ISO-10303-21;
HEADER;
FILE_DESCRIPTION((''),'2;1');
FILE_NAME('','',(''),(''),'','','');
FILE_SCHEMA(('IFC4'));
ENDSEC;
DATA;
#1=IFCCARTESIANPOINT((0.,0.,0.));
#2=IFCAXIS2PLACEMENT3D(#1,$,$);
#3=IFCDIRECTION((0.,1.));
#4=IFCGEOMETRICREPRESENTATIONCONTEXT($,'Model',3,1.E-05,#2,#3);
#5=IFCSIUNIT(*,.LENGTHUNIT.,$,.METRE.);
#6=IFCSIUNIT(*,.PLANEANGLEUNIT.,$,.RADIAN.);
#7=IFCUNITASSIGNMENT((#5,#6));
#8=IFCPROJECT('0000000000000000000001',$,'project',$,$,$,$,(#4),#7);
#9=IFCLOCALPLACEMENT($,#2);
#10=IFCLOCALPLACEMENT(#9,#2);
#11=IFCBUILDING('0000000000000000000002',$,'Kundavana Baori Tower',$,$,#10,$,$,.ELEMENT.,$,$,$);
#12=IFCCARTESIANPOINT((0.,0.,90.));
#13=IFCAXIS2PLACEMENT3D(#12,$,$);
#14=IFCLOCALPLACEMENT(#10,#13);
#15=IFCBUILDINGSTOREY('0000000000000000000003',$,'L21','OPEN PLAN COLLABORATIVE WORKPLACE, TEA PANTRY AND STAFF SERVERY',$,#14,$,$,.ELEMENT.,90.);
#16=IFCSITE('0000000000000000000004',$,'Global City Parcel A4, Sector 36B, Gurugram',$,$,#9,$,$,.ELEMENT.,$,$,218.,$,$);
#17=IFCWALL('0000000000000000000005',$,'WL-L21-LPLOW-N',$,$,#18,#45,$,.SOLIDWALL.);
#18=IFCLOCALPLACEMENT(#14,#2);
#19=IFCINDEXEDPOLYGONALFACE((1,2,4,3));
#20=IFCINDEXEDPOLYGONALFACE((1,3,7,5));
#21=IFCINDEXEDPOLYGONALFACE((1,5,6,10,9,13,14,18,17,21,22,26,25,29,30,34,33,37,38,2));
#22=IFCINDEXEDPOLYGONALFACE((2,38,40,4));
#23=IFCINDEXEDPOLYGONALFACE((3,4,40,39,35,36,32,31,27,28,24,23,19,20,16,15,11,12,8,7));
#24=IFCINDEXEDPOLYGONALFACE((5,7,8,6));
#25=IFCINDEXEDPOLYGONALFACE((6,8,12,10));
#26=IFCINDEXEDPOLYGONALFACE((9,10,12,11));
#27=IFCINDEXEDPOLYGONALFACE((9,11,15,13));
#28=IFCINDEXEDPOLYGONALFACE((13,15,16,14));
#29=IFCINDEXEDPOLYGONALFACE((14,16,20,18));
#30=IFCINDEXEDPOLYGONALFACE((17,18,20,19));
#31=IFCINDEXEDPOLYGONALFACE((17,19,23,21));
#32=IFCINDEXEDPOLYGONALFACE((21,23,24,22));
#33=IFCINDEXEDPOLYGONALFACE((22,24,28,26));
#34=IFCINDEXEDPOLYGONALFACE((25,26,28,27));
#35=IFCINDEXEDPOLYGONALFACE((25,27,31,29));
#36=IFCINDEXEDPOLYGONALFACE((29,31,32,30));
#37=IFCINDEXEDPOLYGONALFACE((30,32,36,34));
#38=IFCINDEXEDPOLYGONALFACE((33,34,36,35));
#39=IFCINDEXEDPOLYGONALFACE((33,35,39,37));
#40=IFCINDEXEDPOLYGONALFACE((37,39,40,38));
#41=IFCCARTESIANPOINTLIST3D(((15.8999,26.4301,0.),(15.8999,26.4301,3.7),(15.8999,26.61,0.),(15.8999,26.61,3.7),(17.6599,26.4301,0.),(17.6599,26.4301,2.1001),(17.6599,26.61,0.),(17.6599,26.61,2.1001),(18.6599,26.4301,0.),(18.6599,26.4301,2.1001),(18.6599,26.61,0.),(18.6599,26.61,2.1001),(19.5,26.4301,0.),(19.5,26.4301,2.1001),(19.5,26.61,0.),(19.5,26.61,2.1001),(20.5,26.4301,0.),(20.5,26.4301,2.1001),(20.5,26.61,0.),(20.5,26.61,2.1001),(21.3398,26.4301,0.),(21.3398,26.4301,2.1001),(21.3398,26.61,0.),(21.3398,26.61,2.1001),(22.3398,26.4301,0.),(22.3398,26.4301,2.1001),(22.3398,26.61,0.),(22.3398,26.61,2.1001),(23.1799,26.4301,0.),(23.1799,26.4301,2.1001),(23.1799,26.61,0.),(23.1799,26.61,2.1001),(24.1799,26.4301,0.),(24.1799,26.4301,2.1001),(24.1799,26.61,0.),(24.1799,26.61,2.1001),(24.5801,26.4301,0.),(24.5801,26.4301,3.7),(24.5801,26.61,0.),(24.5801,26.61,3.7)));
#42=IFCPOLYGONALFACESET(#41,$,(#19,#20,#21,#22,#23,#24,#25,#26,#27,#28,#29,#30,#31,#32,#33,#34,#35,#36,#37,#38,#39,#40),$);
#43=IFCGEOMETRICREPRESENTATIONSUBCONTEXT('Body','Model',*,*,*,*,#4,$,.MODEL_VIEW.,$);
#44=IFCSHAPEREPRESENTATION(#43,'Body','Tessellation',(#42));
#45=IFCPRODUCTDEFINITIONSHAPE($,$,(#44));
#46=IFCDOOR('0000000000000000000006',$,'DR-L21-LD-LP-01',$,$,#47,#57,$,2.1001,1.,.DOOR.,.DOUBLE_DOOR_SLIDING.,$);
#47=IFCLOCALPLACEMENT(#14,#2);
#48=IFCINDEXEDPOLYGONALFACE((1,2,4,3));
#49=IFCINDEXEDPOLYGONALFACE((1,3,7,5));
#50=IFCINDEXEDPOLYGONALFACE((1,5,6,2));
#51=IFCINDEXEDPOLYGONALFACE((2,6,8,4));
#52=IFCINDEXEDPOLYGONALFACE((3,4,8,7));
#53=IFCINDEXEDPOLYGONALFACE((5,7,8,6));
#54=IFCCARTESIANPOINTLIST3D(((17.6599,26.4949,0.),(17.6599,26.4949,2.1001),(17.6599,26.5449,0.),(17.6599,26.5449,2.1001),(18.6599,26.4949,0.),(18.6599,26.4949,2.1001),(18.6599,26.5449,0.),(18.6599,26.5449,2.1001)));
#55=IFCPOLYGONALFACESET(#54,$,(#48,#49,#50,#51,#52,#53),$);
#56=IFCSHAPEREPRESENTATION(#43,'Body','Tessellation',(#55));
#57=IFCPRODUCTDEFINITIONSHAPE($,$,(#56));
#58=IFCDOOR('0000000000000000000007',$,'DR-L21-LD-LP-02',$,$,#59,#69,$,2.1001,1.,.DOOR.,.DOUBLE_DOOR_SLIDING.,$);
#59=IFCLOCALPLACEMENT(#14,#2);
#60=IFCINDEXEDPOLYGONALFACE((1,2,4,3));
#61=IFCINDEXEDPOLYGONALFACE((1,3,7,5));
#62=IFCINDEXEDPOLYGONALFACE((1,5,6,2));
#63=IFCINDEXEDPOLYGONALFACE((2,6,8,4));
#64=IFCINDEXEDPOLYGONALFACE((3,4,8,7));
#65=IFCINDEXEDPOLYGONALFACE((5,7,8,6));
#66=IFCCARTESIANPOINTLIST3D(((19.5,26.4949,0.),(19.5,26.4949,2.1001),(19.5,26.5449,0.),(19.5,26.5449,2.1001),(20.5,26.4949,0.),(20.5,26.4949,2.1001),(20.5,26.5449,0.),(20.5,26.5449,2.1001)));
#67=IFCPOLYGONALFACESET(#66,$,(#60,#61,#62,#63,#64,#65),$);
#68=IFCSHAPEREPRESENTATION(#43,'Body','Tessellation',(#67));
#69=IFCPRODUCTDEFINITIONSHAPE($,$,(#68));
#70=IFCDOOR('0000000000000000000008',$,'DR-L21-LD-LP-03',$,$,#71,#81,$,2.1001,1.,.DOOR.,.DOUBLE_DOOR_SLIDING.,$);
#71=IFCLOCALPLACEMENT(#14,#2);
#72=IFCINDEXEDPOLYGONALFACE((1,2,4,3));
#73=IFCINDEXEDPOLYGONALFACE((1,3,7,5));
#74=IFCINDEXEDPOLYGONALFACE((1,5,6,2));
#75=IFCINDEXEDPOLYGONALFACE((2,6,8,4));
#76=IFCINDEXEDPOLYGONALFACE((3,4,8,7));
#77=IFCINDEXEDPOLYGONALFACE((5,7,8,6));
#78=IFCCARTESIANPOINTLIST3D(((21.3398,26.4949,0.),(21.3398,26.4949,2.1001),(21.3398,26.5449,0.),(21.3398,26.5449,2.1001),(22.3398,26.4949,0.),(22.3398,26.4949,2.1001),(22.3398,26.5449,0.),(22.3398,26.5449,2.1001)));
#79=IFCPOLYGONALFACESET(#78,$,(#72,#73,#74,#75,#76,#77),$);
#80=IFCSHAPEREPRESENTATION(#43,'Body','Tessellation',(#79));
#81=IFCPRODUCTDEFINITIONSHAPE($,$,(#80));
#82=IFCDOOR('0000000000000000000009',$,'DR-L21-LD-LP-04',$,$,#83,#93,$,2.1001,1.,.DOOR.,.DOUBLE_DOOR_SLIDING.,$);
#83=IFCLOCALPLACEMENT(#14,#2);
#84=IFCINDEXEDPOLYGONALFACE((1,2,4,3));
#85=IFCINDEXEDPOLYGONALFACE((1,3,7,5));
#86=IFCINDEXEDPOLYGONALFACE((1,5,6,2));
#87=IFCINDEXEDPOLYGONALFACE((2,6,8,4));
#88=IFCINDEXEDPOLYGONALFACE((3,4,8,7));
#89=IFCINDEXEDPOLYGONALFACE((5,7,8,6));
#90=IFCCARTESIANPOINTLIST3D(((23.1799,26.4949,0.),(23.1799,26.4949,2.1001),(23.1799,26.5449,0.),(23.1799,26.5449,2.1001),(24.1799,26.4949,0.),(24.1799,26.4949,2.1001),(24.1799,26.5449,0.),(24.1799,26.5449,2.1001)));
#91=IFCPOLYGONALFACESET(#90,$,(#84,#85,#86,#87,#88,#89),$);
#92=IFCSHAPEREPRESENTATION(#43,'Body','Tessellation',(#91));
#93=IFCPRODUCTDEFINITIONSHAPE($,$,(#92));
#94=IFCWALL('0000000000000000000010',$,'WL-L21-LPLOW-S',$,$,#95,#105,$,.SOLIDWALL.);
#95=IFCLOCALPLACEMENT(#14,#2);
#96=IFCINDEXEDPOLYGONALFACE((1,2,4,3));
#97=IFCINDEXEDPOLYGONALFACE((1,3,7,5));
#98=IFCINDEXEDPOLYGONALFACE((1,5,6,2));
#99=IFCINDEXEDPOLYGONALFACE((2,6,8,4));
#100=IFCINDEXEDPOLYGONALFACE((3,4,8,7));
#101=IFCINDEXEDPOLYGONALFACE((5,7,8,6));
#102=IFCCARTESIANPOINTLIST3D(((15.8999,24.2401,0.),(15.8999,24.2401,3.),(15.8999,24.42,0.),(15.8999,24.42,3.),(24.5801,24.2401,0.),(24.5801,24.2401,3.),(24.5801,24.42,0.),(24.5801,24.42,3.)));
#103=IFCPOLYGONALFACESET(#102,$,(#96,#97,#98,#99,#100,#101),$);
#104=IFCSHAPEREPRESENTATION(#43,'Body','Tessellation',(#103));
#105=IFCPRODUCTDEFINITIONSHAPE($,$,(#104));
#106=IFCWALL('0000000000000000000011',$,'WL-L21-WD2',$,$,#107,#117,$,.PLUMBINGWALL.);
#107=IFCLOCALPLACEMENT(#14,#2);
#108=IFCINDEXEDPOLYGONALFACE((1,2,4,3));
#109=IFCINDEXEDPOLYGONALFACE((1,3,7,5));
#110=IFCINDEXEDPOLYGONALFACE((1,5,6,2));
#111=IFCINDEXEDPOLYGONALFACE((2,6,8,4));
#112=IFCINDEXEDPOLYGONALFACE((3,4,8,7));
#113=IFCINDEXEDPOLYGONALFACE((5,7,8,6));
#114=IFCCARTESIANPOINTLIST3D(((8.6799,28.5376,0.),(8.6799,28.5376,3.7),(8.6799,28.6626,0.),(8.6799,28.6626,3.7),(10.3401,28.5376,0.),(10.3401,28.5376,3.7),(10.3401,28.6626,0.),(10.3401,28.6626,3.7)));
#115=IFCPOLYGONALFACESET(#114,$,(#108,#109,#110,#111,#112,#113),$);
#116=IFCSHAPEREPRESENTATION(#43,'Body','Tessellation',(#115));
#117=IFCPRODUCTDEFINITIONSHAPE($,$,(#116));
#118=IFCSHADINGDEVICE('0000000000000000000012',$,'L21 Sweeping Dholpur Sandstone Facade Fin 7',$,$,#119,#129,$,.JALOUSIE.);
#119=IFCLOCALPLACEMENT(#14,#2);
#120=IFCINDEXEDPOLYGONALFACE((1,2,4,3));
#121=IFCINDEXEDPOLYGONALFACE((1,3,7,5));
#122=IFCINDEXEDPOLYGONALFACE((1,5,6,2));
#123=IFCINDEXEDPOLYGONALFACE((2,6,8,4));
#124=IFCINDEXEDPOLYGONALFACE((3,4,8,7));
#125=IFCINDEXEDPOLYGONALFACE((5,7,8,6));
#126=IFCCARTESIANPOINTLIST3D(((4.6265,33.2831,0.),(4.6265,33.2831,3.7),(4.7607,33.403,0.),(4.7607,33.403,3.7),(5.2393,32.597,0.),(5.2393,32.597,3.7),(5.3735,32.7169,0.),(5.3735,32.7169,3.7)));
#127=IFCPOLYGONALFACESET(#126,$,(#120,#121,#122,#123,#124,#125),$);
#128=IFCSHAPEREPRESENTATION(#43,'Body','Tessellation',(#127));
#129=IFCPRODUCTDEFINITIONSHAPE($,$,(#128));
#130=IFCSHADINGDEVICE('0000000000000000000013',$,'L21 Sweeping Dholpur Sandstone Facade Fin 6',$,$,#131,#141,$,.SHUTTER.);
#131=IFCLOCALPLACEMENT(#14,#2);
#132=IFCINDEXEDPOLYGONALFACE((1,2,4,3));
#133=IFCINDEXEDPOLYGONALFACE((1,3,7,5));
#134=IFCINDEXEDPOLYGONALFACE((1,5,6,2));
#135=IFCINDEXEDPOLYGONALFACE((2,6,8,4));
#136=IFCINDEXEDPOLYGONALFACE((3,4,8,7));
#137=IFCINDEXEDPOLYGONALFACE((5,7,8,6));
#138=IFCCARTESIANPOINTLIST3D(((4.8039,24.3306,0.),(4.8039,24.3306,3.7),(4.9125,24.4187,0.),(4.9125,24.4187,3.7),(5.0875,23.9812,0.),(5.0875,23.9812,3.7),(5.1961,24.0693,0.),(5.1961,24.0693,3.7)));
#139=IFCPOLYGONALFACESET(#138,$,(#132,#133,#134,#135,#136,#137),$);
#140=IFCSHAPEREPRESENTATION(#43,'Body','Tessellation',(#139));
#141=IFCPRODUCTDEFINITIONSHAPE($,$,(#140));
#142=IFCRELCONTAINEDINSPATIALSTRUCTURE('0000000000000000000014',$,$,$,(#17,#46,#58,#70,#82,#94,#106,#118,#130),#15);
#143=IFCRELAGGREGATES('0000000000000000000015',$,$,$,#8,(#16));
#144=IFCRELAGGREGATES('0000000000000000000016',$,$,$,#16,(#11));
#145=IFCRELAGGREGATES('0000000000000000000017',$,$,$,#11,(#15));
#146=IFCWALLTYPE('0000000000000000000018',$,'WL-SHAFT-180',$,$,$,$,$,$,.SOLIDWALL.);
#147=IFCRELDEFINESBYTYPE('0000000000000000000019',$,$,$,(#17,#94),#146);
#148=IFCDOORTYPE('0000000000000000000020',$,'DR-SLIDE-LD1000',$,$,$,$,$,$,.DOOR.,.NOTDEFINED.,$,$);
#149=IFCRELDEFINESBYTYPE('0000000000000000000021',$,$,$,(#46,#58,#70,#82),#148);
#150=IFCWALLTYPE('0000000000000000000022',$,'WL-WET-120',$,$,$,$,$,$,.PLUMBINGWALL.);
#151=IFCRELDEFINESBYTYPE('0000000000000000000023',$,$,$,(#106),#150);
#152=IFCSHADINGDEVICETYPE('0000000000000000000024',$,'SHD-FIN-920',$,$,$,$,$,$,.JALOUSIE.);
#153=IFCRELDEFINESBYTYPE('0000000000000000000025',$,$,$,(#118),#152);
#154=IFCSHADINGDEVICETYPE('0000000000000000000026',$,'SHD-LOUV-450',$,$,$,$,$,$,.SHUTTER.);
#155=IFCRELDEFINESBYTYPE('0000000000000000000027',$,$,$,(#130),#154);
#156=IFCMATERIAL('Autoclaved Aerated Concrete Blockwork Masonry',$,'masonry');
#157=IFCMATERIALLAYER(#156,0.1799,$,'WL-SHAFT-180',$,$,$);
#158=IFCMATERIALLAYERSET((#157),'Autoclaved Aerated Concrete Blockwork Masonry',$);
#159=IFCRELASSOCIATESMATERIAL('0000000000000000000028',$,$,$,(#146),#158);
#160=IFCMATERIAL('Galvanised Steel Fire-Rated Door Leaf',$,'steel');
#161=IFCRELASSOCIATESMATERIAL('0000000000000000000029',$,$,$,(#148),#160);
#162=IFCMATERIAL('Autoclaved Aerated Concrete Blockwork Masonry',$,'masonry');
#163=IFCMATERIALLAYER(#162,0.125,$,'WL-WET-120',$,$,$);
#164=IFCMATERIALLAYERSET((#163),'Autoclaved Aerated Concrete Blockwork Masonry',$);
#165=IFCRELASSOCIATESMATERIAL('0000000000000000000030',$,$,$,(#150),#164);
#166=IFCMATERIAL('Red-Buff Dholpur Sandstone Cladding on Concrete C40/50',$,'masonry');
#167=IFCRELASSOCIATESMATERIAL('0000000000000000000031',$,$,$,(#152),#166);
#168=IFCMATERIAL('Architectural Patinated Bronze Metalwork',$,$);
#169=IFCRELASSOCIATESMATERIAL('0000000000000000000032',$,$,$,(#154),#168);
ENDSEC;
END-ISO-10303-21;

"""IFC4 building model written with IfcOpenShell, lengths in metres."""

from ifc_helpers import new_model, si_unit, direction, frame, frame_2d, origin, origin_2d, place, context, subcontext, project, spatial, rectangle, extrude, material, layer, layer_set, type_object, element, fill, save


model = new_model("IFC4")

# Units and contexts
model_context = context("Model", 3, precision=1e-05, world=origin(), true_north=direction((0.0, 1.0)))
body_context = subcontext(model_context, "Body", "Model", "MODEL_VIEW")
ifc_project = project(units=[si_unit("LENGTHUNIT", "METRE"), si_unit("PLANEANGLEUNIT", "RADIAN")], contexts=[model_context])

# Site, building, storey
site_placement = place(None, origin())
site = spatial("IfcSite", under=ifc_project, at=site_placement, Name="Global City Parcel A4, Sector 36B, Gurugram", CompositionType="ELEMENT", RefElevation=218.0)
building_placement = place(site_placement, origin())
building = spatial("IfcBuilding", under=site, at=building_placement, Name="Kundavana Baori Tower", CompositionType="ELEMENT")
storey_placement = place(building_placement, frame((0.0, 0.0, 90.0)))
storey = spatial("IfcBuildingStorey", under=building, at=storey_placement, Name="L21", Description="OPEN PLAN COLLABORATIVE WORKPLACE, TEA PANTRY AND STAFF SERVERY", CompositionType="ELEMENT", Elevation=90.0)

# Wall, openings, doors
ifc_material_1 = material(Name="Autoclaved Aerated Concrete Blockwork Masonry", Category="masonry")
ifc_layer_1 = layer(ifc_material_1, 0.1799, Name="WL-SHAFT-180")
ifc_layer_set_1 = layer_set([ifc_layer_1], Name="Autoclaved Aerated Concrete Blockwork Masonry")
wall_type_1 = type_object("IfcWallType", Name="WL-SHAFT-180", PredefinedType="SOLIDWALL", material=ifc_layer_set_1)
wall_1_placement = place(storey_placement, frame((15.8999, 26.52, 0.0), z_axis=(0.0, 0.0, 1.0), x_axis=(1.0, 0.0, 0.0)))
wall_1 = element("IfcWall", 1, at=wall_1_placement, inside=storey, type_object=wall_type_1, Name="WL-L21-LPLOW-N", PredefinedType="SOLIDWALL", context=body_context, shape_type="SweptSolid", body=[
    extrude(rectangle(XDim=8.6802, YDim=0.1799, at=frame_2d((4.3401, 0.0))), origin(), (0.0, 0.0, 1.0), 3.7),
])
opening_1_placement = place(wall_1_placement, frame((1.76, 0.0, 0.0)))
opening_1 = element("IfcOpeningElement", 2, at=opening_1_placement, cuts=wall_1, PredefinedType="OPENING", context=body_context, shape_type="SweptSolid", body=[
    extrude(rectangle(XDim=1.0, YDim=2.1001, at=frame_2d((0.5, 1.05))), frame((0.0, 0.1001, 0.0), z_axis=(0.0, -1.0, 0.0), x_axis=(1.0, 0.0, 0.0)), (0.0, 0.0, 1.0), 0.2),
])
opening_2_placement = place(wall_1_placement, frame((3.6001, 0.0, 0.0)))
opening_2 = element("IfcOpeningElement", 3, at=opening_2_placement, cuts=wall_1, PredefinedType="OPENING", context=body_context, shape_type="SweptSolid", body=[
    extrude(rectangle(XDim=1.0, YDim=2.1001, at=frame_2d((0.5, 1.05))), frame((0.0, 0.1001, 0.0), z_axis=(0.0, -1.0, 0.0), x_axis=(1.0, 0.0, 0.0)), (0.0, 0.0, 1.0), 0.2),
])
opening_3_placement = place(wall_1_placement, frame((5.4399, 0.0, 0.0)))
opening_3 = element("IfcOpeningElement", 4, at=opening_3_placement, cuts=wall_1, PredefinedType="OPENING", context=body_context, shape_type="SweptSolid", body=[
    extrude(rectangle(XDim=1.0, YDim=2.1001, at=frame_2d((0.5, 1.05))), frame((0.0, 0.1001, 0.0), z_axis=(0.0, -1.0, 0.0), x_axis=(1.0, 0.0, 0.0)), (0.0, 0.0, 1.0), 0.2),
])
opening_4_placement = place(wall_1_placement, frame((7.28, 0.0, 0.0)))
opening_4 = element("IfcOpeningElement", 5, at=opening_4_placement, cuts=wall_1, PredefinedType="OPENING", context=body_context, shape_type="SweptSolid", body=[
    extrude(rectangle(XDim=1.0, YDim=2.1001, at=frame_2d((0.5, 1.05))), frame((0.0, 0.1001, 0.0), z_axis=(0.0, -1.0, 0.0), x_axis=(1.0, 0.0, 0.0)), (0.0, 0.0, 1.0), 0.2),
])
ifc_material_2 = material(Name="Galvanised Steel Fire-Rated Door Leaf", Category="steel")
door_type = type_object("IfcDoorType", Name="DR-SLIDE-LD1000", OperationType="NOTDEFINED", PredefinedType="DOOR", material=ifc_material_2)
door_1_placement = place(opening_1_placement, origin())
door_1 = element("IfcDoor", 6, at=door_1_placement, inside=storey, type_object=door_type, Name="DR-L21-LD-LP-01", OperationType="DOUBLE_DOOR_SLIDING", OverallHeight=2.1001, OverallWidth=1.0, PredefinedType="DOOR", context=body_context, shape_type="SweptSolid", body=[
    extrude(rectangle(XDim=1.0, YDim=2.1001, at=frame_2d((0.5, 1.05))), frame((0.0, 0.0249, 0.0), z_axis=(0.0, -1.0, 0.0), x_axis=(1.0, 0.0, 0.0)), (0.0, 0.0, 1.0), 0.05),
])
fill(opening_1, door_1)
door_2_placement = place(opening_2_placement, origin())
door_2 = element("IfcDoor", 7, at=door_2_placement, inside=storey, type_object=door_type, Name="DR-L21-LD-LP-02", OperationType="DOUBLE_DOOR_SLIDING", OverallHeight=2.1001, OverallWidth=1.0, PredefinedType="DOOR", context=body_context, shape_type="SweptSolid", body=[
    extrude(rectangle(XDim=1.0, YDim=2.1001, at=frame_2d((0.5, 1.05))), frame((0.0, 0.0249, 0.0), z_axis=(0.0, -1.0, 0.0), x_axis=(1.0, 0.0, 0.0)), (0.0, 0.0, 1.0), 0.05),
])
fill(opening_2, door_2)
door_3_placement = place(opening_3_placement, origin())
door_3 = element("IfcDoor", 8, at=door_3_placement, inside=storey, type_object=door_type, Name="DR-L21-LD-LP-03", OperationType="DOUBLE_DOOR_SLIDING", OverallHeight=2.1001, OverallWidth=1.0, PredefinedType="DOOR", context=body_context, shape_type="SweptSolid", body=[
    extrude(rectangle(XDim=1.0, YDim=2.1001, at=frame_2d((0.5, 1.05))), frame((0.0, 0.0249, 0.0), z_axis=(0.0, -1.0, 0.0), x_axis=(1.0, 0.0, 0.0)), (0.0, 0.0, 1.0), 0.05),
])
fill(opening_3, door_3)
door_4_placement = place(opening_4_placement, origin())
door_4 = element("IfcDoor", 9, at=door_4_placement, inside=storey, type_object=door_type, Name="DR-L21-LD-LP-04", OperationType="DOUBLE_DOOR_SLIDING", OverallHeight=2.1001, OverallWidth=1.0, PredefinedType="DOOR", context=body_context, shape_type="SweptSolid", body=[
    extrude(rectangle(XDim=1.0, YDim=2.1001, at=frame_2d((0.5, 1.05))), frame((0.0, 0.0249, 0.0), z_axis=(0.0, -1.0, 0.0), x_axis=(1.0, 0.0, 0.0)), (0.0, 0.0, 1.0), 0.05),
])
fill(opening_4, door_4)

# Walls
wall_2_placement = place(storey_placement, frame((15.8999, 24.3301, 0.0), z_axis=(0.0, 0.0, 1.0), x_axis=(1.0, 0.0, 0.0)))
element("IfcWall", 10, at=wall_2_placement, inside=storey, type_object=wall_type_1, Name="WL-L21-LPLOW-S", PredefinedType="SOLIDWALL", context=body_context, shape_type="SweptSolid", body=[
    extrude(rectangle(XDim=8.6802, YDim=0.1799, at=frame_2d((4.3401, 0.0))), origin(), (0.0, 0.0, 1.0), 3.0),
])
ifc_material_3 = material(Name="Autoclaved Aerated Concrete Blockwork Masonry", Category="masonry")
ifc_layer_2 = layer(ifc_material_3, 0.125, Name="WL-WET-120")
ifc_layer_set_2 = layer_set([ifc_layer_2], Name="Autoclaved Aerated Concrete Blockwork Masonry")
wall_type_2 = type_object("IfcWallType", Name="WL-WET-120", PredefinedType="PLUMBINGWALL", material=ifc_layer_set_2)
wall_3_placement = place(storey_placement, frame((8.6799, 28.6001, 0.0), z_axis=(0.0, 0.0, 1.0), x_axis=(1.0, 0.0, 0.0)))
element("IfcWall", 11, at=wall_3_placement, inside=storey, type_object=wall_type_2, Name="WL-L21-WD2", PredefinedType="PLUMBINGWALL", context=body_context, shape_type="SweptSolid", body=[
    extrude(rectangle(XDim=1.6602, YDim=0.125, at=frame_2d((0.8301, 0.0))), origin(), (0.0, 0.0, 1.0), 3.7),
])

# Shading devices
ifc_material_4 = material(Name="Red-Buff Dholpur Sandstone Cladding on Concrete C40/50", Category="masonry")
shading_device_type_1 = type_object("IfcShadingDeviceType", Name="SHD-FIN-920", PredefinedType="JALOUSIE", material=ifc_material_4)
shading_device_1_placement = place(storey_placement, frame((5.0, 33.0, 0.0), z_axis=(0.0, 0.0, 1.0), x_axis=(0.745825, 0.666142, 0.0)))
element("IfcShadingDevice", 12, at=shading_device_1_placement, inside=storey, type_object=shading_device_type_1, Name="L21 Sweeping Dholpur Sandstone Facade Fin 7", PredefinedType="JALOUSIE", context=body_context, shape_type="SweptSolid", body=[
    extrude(rectangle(XDim=0.1799, YDim=0.9199, at=origin_2d()), origin(), (0.0, 0.0, 1.0), 3.7),
])
ifc_material_5 = material(Name="Architectural Patinated Bronze Metalwork")
shading_device_type_2 = type_object("IfcShadingDeviceType", Name="SHD-LOUV-450", PredefinedType="SHUTTER", material=ifc_material_5)
shading_device_2_placement = place(storey_placement, frame((5.0, 24.2, 0.0), z_axis=(0.0, 0.0, 1.0), x_axis=(0.776487, 0.630134, 0.0)))
element("IfcShadingDevice", 13, at=shading_device_2_placement, inside=storey, type_object=shading_device_type_2, Name="L21 Sweeping Dholpur Sandstone Facade Fin 6", PredefinedType="SHUTTER", context=body_context, shape_type="SweptSolid", body=[
    extrude(rectangle(XDim=0.1399, YDim=0.45, at=origin_2d()), origin(), (0.0, 0.0, 1.0), 3.7),
])

save(model, "model.ifc")
